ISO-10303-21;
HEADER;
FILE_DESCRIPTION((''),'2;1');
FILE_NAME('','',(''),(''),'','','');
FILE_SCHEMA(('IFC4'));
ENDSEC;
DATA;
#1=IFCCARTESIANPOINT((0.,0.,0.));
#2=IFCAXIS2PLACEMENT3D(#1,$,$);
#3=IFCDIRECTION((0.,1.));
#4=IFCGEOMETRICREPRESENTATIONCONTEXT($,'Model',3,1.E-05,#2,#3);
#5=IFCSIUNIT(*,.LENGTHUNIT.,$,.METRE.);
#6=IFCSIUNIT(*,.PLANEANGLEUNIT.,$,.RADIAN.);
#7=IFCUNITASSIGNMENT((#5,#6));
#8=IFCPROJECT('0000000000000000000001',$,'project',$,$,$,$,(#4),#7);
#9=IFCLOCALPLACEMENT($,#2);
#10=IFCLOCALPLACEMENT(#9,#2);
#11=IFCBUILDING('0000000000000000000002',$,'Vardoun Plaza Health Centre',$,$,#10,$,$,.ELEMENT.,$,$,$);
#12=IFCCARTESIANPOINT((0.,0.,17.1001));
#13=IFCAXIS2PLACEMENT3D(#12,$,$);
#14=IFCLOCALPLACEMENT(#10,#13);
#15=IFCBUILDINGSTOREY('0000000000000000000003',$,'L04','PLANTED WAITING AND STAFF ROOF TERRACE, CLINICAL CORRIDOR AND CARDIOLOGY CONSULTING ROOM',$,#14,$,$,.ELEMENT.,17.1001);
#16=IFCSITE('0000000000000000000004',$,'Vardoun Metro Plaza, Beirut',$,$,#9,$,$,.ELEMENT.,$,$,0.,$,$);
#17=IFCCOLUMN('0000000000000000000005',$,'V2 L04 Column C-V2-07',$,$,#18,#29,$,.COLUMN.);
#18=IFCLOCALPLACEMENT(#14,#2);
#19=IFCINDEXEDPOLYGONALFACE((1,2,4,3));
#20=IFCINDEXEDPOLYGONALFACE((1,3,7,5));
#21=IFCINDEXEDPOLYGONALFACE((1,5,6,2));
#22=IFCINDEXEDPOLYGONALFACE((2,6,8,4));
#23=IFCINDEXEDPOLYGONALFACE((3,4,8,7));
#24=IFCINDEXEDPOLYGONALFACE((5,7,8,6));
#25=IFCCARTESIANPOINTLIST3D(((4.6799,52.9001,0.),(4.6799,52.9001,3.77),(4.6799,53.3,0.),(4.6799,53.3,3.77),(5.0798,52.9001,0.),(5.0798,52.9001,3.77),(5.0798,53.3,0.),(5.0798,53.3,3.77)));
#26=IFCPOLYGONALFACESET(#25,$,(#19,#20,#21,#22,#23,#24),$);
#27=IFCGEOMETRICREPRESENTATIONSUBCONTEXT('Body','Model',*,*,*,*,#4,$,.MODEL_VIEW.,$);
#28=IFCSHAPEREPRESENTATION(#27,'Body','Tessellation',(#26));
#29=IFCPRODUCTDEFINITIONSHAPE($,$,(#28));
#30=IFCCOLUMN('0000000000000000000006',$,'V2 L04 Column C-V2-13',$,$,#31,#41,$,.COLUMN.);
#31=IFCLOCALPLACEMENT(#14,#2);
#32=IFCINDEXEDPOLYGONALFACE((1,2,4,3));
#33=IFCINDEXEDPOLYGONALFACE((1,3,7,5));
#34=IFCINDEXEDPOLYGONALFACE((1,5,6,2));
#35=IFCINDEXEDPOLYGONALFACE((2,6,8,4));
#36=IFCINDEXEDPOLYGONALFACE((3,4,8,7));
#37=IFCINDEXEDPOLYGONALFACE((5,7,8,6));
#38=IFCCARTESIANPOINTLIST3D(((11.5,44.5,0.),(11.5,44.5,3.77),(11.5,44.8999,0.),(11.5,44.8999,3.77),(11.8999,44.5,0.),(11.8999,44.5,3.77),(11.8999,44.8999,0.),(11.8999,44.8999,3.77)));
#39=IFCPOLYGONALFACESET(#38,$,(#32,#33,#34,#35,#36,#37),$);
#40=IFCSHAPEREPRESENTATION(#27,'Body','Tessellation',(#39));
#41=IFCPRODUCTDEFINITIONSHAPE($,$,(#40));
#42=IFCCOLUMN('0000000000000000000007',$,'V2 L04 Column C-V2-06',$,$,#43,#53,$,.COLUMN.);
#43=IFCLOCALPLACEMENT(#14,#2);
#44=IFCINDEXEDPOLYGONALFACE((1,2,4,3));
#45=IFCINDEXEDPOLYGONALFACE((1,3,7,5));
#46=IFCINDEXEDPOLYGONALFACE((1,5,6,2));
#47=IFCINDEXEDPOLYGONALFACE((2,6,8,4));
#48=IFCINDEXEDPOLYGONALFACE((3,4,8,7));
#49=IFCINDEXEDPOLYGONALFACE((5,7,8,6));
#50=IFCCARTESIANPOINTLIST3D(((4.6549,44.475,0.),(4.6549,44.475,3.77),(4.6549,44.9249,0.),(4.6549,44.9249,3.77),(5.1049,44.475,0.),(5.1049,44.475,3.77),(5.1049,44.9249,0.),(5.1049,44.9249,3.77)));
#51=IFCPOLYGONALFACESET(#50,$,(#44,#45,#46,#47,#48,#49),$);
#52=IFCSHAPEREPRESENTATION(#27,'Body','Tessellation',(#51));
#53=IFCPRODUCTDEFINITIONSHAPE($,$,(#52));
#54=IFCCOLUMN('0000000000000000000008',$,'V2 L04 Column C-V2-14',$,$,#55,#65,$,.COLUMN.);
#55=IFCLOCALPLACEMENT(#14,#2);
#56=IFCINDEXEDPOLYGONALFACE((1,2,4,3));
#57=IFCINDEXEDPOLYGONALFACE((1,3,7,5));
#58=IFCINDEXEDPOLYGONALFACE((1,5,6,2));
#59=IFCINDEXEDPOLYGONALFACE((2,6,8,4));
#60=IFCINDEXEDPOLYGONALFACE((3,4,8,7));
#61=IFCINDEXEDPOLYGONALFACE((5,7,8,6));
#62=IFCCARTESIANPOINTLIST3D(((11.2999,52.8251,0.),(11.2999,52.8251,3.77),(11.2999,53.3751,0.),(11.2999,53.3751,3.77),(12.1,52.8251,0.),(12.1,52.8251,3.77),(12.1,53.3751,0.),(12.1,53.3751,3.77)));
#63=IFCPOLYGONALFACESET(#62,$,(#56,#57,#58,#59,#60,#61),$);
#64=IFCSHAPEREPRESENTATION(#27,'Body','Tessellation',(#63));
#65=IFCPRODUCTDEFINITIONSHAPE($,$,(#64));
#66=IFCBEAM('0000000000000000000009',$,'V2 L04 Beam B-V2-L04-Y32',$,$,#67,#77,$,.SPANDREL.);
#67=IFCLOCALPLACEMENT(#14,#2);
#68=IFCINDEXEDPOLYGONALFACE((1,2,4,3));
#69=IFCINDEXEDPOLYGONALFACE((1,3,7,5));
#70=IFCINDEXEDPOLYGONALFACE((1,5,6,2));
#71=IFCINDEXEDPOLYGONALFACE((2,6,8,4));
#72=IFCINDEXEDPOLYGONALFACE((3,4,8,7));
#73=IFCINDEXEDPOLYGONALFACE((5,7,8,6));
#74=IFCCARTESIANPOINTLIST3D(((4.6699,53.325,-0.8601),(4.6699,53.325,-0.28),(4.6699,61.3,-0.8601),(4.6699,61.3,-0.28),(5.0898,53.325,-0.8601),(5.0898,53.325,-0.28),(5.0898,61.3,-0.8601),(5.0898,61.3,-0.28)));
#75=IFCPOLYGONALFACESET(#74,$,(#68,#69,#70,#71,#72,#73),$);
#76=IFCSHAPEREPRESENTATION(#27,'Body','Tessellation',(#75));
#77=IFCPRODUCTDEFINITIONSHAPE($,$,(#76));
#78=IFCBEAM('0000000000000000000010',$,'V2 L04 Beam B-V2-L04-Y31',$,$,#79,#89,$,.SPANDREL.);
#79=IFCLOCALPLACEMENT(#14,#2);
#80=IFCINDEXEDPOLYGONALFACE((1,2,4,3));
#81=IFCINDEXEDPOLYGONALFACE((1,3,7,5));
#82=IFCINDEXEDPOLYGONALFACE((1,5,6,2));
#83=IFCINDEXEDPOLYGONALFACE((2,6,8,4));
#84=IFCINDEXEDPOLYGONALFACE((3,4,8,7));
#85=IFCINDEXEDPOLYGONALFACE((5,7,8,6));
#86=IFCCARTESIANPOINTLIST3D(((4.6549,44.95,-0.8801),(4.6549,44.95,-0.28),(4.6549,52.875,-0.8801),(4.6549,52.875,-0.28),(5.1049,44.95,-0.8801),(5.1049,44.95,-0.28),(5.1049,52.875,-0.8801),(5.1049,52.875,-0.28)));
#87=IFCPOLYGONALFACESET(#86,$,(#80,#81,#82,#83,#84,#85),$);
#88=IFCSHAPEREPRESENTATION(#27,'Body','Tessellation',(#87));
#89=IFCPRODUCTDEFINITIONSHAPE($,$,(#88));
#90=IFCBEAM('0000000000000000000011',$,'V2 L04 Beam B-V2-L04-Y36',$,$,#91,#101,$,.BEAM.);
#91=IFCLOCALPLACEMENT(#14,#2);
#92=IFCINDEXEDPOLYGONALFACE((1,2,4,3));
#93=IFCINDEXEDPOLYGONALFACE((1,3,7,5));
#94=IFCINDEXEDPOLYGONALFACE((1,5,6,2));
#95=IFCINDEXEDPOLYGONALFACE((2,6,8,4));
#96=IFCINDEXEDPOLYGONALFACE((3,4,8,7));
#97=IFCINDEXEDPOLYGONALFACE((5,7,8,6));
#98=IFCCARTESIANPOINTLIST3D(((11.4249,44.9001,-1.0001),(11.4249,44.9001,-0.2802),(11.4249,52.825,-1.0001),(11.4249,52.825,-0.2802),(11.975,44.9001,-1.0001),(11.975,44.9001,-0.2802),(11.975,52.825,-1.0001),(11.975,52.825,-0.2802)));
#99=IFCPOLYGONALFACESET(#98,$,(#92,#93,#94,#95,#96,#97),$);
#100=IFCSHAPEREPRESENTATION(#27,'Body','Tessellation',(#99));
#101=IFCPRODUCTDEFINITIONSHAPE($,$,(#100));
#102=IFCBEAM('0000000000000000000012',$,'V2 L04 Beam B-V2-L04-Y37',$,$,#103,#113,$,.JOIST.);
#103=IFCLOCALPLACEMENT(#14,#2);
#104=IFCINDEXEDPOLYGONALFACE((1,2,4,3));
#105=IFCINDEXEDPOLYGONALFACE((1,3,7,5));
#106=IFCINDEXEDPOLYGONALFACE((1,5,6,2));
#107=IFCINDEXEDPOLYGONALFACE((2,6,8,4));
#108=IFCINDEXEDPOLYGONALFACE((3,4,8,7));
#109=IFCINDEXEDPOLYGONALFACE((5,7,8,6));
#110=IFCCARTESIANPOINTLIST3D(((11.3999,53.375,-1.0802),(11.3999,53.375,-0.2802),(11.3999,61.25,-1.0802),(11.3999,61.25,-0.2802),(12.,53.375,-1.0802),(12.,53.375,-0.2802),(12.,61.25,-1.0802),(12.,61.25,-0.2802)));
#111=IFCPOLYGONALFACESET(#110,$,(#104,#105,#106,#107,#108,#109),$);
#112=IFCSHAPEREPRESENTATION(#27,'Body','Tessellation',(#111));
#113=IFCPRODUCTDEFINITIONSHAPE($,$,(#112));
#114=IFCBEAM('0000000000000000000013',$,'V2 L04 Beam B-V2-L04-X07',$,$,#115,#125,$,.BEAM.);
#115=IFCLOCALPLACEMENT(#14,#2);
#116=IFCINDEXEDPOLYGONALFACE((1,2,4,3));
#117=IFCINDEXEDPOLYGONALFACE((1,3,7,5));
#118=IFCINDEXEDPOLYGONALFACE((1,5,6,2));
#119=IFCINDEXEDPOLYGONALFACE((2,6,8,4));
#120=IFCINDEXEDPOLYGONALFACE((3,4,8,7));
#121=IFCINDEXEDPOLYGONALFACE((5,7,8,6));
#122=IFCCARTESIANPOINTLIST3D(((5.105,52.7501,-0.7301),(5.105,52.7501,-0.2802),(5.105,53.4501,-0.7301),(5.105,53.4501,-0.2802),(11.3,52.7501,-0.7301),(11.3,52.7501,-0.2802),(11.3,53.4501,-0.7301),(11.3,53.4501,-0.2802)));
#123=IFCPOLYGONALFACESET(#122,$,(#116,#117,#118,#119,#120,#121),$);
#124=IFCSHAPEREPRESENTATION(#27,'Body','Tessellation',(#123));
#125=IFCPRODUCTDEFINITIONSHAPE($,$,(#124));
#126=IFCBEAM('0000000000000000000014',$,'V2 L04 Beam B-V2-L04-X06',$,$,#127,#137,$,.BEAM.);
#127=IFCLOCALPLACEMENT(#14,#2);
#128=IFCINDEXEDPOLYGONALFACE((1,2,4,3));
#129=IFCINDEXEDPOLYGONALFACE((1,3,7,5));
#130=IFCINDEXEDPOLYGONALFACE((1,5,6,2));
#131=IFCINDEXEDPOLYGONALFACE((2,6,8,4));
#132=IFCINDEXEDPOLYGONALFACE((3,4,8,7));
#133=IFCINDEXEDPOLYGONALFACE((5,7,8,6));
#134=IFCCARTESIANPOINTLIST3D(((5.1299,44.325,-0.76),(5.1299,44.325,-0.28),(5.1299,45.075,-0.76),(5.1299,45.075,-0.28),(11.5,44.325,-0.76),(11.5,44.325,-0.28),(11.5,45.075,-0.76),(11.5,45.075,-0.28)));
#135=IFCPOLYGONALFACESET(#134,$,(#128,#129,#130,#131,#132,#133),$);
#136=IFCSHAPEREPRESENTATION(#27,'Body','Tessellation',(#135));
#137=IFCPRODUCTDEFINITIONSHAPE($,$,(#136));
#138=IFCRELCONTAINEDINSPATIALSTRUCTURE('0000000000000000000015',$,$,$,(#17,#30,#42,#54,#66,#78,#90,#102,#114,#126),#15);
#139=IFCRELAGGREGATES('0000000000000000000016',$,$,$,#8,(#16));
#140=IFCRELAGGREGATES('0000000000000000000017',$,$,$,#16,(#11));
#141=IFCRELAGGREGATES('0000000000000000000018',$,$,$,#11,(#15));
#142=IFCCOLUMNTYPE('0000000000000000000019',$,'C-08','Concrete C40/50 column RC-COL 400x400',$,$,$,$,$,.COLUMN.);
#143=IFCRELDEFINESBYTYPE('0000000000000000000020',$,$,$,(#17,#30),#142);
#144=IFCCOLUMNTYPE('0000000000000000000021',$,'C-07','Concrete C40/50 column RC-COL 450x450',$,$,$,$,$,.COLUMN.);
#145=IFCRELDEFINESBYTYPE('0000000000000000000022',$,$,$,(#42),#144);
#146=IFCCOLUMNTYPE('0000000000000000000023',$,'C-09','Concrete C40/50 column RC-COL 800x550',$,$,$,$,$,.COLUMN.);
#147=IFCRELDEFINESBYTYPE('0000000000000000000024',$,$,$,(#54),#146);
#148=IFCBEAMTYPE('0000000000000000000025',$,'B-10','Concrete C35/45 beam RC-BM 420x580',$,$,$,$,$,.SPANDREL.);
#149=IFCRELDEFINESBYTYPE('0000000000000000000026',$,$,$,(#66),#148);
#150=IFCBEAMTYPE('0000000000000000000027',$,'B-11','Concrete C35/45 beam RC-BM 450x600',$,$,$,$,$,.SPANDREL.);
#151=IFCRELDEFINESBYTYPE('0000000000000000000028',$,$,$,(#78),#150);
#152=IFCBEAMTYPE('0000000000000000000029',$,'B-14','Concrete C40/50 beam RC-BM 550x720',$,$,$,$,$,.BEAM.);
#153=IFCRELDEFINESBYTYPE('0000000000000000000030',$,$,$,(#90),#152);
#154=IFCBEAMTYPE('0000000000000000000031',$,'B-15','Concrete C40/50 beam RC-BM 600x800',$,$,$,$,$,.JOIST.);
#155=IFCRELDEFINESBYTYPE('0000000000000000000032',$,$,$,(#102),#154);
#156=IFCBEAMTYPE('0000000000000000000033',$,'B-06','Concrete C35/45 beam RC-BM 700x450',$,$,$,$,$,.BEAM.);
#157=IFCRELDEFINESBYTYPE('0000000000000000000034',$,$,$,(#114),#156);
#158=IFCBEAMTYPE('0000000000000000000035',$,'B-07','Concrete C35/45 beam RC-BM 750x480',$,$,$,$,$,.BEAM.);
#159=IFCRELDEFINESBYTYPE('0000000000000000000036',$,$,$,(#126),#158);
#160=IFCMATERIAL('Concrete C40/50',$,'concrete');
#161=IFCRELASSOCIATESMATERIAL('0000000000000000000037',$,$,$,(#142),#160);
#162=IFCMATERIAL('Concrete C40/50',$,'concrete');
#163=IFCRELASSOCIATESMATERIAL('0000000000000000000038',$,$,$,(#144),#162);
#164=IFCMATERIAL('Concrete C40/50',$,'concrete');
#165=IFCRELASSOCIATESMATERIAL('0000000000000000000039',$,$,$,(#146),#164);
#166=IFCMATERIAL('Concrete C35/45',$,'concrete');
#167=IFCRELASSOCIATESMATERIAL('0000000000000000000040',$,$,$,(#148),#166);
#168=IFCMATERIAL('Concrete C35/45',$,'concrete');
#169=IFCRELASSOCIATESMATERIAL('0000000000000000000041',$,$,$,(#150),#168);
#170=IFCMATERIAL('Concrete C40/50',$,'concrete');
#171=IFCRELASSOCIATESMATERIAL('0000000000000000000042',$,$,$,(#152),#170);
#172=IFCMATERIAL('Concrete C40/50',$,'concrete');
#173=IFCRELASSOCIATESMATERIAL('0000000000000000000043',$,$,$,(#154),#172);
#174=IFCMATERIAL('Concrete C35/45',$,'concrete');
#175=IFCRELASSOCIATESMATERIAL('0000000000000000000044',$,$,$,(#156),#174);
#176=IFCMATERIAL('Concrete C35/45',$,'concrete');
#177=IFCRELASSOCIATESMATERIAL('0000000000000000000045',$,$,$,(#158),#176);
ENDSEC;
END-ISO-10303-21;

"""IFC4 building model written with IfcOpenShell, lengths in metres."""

from ifc_helpers import new_model, si_unit, direction, frame, origin, origin_2d, place, context, subcontext, project, spatial, rectangle, extrude, material, material_profile, profile_set, type_object, element, save


model = new_model("IFC4")

# Units and contexts
model_context = context("Model", 3, precision=1e-05, world=origin(), true_north=direction((0.0, 1.0)))
body_context = subcontext(model_context, "Body", "Model", "MODEL_VIEW")
ifc_project = project(units=[si_unit("LENGTHUNIT", "METRE"), si_unit("PLANEANGLEUNIT", "RADIAN")], contexts=[model_context])

# Site, building, storey
site_placement = place(None, origin())
site = spatial("IfcSite", under=ifc_project, at=site_placement, Name="Vardoun Metro Plaza, Beirut", CompositionType="ELEMENT", RefElevation=0.0)
building_placement = place(site_placement, origin())
building = spatial("IfcBuilding", under=site, at=building_placement, Name="Vardoun Plaza Health Centre", CompositionType="ELEMENT")
storey_placement = place(building_placement, frame((0.0, 0.0, 17.1001)))
storey = spatial("IfcBuildingStorey", under=building, at=storey_placement, Name="L04", Description="PLANTED WAITING AND STAFF ROOF TERRACE, CLINICAL CORRIDOR AND CARDIOLOGY CONSULTING ROOM", CompositionType="ELEMENT", Elevation=17.1001)

# Columns
ifc_material_1 = material(Name="Concrete C40/50", Category="concrete")
ifc_material_profile_1 = material_profile(ifc_material_1, rectangle(XDim=0.3999, YDim=0.3999, at=origin_2d()), Name="RC-COL 400x400")
ifc_profile_set_1 = profile_set([ifc_material_profile_1], Name="Concrete C40/50")
column_type_1 = type_object("IfcColumnType", Name="C-08", Description="Concrete C40/50 column RC-COL 400x400", PredefinedType="COLUMN", material=ifc_profile_set_1)
for number, where, z_axis, x_axis, name in (
    (1, (4.8799, 53.1001, 0.0), (0.0, 0.0, 1.0), (1.0, 0.0, 0.0), "V2 L04 Column C-V2-07"),
    (2, (11.7, 44.7, 0.0), (0.0, 0.0, 1.0), (1.0, 0.0, 0.0), "V2 L04 Column C-V2-13"),
):
    element("IfcColumn", number, at=place(storey_placement, frame(where, z_axis=z_axis, x_axis=x_axis)), inside=storey, type_object=column_type_1, Name=name, PredefinedType="COLUMN", context=body_context, shape_type="SweptSolid", body=[
        extrude(rectangle(XDim=0.3999, YDim=0.3999, at=origin_2d()), origin(), (0.0, 0.0, 1.0), 3.77),
    ])
ifc_material_2 = material(Name="Concrete C40/50", Category="concrete")
ifc_material_profile_2 = material_profile(ifc_material_2, rectangle(XDim=0.45, YDim=0.45, at=origin_2d()), Name="RC-COL 450x450")
ifc_profile_set_2 = profile_set([ifc_material_profile_2], Name="Concrete C40/50")
column_type_2 = type_object("IfcColumnType", Name="C-07", Description="Concrete C40/50 column RC-COL 450x450", PredefinedType="COLUMN", material=ifc_profile_set_2)
column_1_placement = place(storey_placement, frame((4.8799, 44.7, 0.0), z_axis=(0.0, 0.0, 1.0), x_axis=(1.0, 0.0, 0.0)))
element("IfcColumn", 3, at=column_1_placement, inside=storey, type_object=column_type_2, Name="V2 L04 Column C-V2-06", PredefinedType="COLUMN", context=body_context, shape_type="SweptSolid", body=[
    extrude(rectangle(XDim=0.45, YDim=0.45, at=origin_2d()), origin(), (0.0, 0.0, 1.0), 3.77),
])
ifc_material_3 = material(Name="Concrete C40/50", Category="concrete")
ifc_material_profile_3 = material_profile(ifc_material_3, rectangle(XDim=0.8, YDim=0.55, at=origin_2d()), Name="RC-COL 800x550")
ifc_profile_set_3 = profile_set([ifc_material_profile_3], Name="Concrete C40/50")
column_type_3 = type_object("IfcColumnType", Name="C-09", Description="Concrete C40/50 column RC-COL 800x550", PredefinedType="COLUMN", material=ifc_profile_set_3)
column_2_placement = place(storey_placement, frame((11.7, 53.1001, 0.0), z_axis=(0.0, 0.0, 1.0), x_axis=(1.0, 0.0, 0.0)))
element("IfcColumn", 4, at=column_2_placement, inside=storey, type_object=column_type_3, Name="V2 L04 Column C-V2-14", PredefinedType="COLUMN", context=body_context, shape_type="SweptSolid", body=[
    extrude(rectangle(XDim=0.8, YDim=0.55, at=origin_2d()), origin(), (0.0, 0.0, 1.0), 3.77),
])

# Beams
ifc_material_4 = material(Name="Concrete C35/45", Category="concrete")
ifc_material_profile_4 = material_profile(ifc_material_4, rectangle(XDim=0.4199, YDim=0.5801, at=origin_2d()), Name="RC-BM 420x580")
ifc_profile_set_4 = profile_set([ifc_material_profile_4], Name="Concrete C35/45")
beam_type_1 = type_object("IfcBeamType", Name="B-10", Description="Concrete C35/45 beam RC-BM 420x580", PredefinedType="SPANDREL", material=ifc_profile_set_4)
beam_1_placement = place(storey_placement, frame((4.8799, 53.325, -0.5701), z_axis=(0.0, 1.0, 0.0), x_axis=(-1.0, 0.0, 0.0)))
element("IfcBeam", 5, at=beam_1_placement, inside=storey, type_object=beam_type_1, Name="V2 L04 Beam B-V2-L04-Y32", PredefinedType="SPANDREL", context=body_context, shape_type="SweptSolid", body=[
    extrude(rectangle(XDim=0.4199, YDim=0.5801, at=origin_2d()), origin(), (0.0, 0.0, 1.0), 7.9751),
])
ifc_material_5 = material(Name="Concrete C35/45", Category="concrete")
ifc_material_profile_5 = material_profile(ifc_material_5, rectangle(XDim=0.45, YDim=0.6001, at=origin_2d()), Name="RC-BM 450x600")
ifc_profile_set_5 = profile_set([ifc_material_profile_5], Name="Concrete C35/45")
beam_type_2 = type_object("IfcBeamType", Name="B-11", Description="Concrete C35/45 beam RC-BM 450x600", PredefinedType="SPANDREL", material=ifc_profile_set_5)
beam_2_placement = place(storey_placement, frame((4.8799, 44.95, -0.5801), z_axis=(0.0, 1.0, 0.0), x_axis=(-1.0, 0.0, 0.0)))
element("IfcBeam", 6, at=beam_2_placement, inside=storey, type_object=beam_type_2, Name="V2 L04 Beam B-V2-L04-Y31", PredefinedType="SPANDREL", context=body_context, shape_type="SweptSolid", body=[
    extrude(rectangle(XDim=0.45, YDim=0.6001, at=origin_2d()), origin(), (0.0, 0.0, 1.0), 7.925),
])
ifc_material_6 = material(Name="Concrete C40/50", Category="concrete")
ifc_material_profile_6 = material_profile(ifc_material_6, rectangle(XDim=0.55, YDim=0.72, at=origin_2d()), Name="RC-BM 550x720")
ifc_profile_set_6 = profile_set([ifc_material_profile_6], Name="Concrete C40/50")
beam_type_3 = type_object("IfcBeamType", Name="B-14", Description="Concrete C40/50 beam RC-BM 550x720", PredefinedType="BEAM", material=ifc_profile_set_6)
beam_3_placement = place(storey_placement, frame((11.7, 44.9001, -0.6401), z_axis=(0.0, 1.0, 0.0), x_axis=(-1.0, 0.0, 0.0)))
element("IfcBeam", 7, at=beam_3_placement, inside=storey, type_object=beam_type_3, Name="V2 L04 Beam B-V2-L04-Y36", PredefinedType="BEAM", context=body_context, shape_type="SweptSolid", body=[
    extrude(rectangle(XDim=0.55, YDim=0.72, at=origin_2d()), origin(), (0.0, 0.0, 1.0), 7.9248),
])
ifc_material_7 = material(Name="Concrete C40/50", Category="concrete")
ifc_material_profile_7 = material_profile(ifc_material_7, rectangle(XDim=0.6001, YDim=0.8, at=origin_2d()), Name="RC-BM 600x800")
ifc_profile_set_7 = profile_set([ifc_material_profile_7], Name="Concrete C40/50")
beam_type_4 = type_object("IfcBeamType", Name="B-15", Description="Concrete C40/50 beam RC-BM 600x800", PredefinedType="JOIST", material=ifc_profile_set_7)
beam_4_placement = place(storey_placement, frame((11.7, 53.375, -0.6802), z_axis=(0.0, 1.0, 0.0), x_axis=(-1.0, 0.0, 0.0)))
element("IfcBeam", 8, at=beam_4_placement, inside=storey, type_object=beam_type_4, Name="V2 L04 Beam B-V2-L04-Y37", PredefinedType="JOIST", context=body_context, shape_type="SweptSolid", body=[
    extrude(rectangle(XDim=0.6001, YDim=0.8, at=origin_2d()), origin(), (0.0, 0.0, 1.0), 7.875),
])
ifc_material_8 = material(Name="Concrete C35/45", Category="concrete")
ifc_material_profile_8 = material_profile(ifc_material_8, rectangle(XDim=0.7, YDim=0.45, at=origin_2d()), Name="RC-BM 700x450")
ifc_profile_set_8 = profile_set([ifc_material_profile_8], Name="Concrete C35/45")
beam_type_5 = type_object("IfcBeamType", Name="B-06", Description="Concrete C35/45 beam RC-BM 700x450", PredefinedType="BEAM", material=ifc_profile_set_8)
beam_5_placement = place(storey_placement, frame((5.105, 53.1001, -0.5051), z_axis=(1.0, 0.0, 0.0), x_axis=(0.0, 1.0, 0.0)))
element("IfcBeam", 9, at=beam_5_placement, inside=storey, type_object=beam_type_5, Name="V2 L04 Beam B-V2-L04-X07", PredefinedType="BEAM", context=body_context, shape_type="SweptSolid", body=[
    extrude(rectangle(XDim=0.7, YDim=0.45, at=origin_2d()), origin(), (0.0, 0.0, 1.0), 6.1951),
])
ifc_material_9 = material(Name="Concrete C35/45", Category="concrete")
ifc_material_profile_9 = material_profile(ifc_material_9, rectangle(XDim=0.75, YDim=0.48, at=origin_2d()), Name="RC-BM 750x480")
ifc_profile_set_9 = profile_set([ifc_material_profile_9], Name="Concrete C35/45")
beam_type_6 = type_object("IfcBeamType", Name="B-07", Description="Concrete C35/45 beam RC-BM 750x480", PredefinedType="BEAM", material=ifc_profile_set_9)
beam_6_placement = place(storey_placement, frame((5.1299, 44.7, -0.52), z_axis=(1.0, 0.0, 0.0), x_axis=(0.0, 1.0, 0.0)))
element("IfcBeam", 10, at=beam_6_placement, inside=storey, type_object=beam_type_6, Name="V2 L04 Beam B-V2-L04-X06", PredefinedType="BEAM", context=body_context, shape_type="SweptSolid", body=[
    extrude(rectangle(XDim=0.75, YDim=0.48, at=origin_2d()), origin(), (0.0, 0.0, 1.0), 6.3701),
])

save(model, "model.ifc")
